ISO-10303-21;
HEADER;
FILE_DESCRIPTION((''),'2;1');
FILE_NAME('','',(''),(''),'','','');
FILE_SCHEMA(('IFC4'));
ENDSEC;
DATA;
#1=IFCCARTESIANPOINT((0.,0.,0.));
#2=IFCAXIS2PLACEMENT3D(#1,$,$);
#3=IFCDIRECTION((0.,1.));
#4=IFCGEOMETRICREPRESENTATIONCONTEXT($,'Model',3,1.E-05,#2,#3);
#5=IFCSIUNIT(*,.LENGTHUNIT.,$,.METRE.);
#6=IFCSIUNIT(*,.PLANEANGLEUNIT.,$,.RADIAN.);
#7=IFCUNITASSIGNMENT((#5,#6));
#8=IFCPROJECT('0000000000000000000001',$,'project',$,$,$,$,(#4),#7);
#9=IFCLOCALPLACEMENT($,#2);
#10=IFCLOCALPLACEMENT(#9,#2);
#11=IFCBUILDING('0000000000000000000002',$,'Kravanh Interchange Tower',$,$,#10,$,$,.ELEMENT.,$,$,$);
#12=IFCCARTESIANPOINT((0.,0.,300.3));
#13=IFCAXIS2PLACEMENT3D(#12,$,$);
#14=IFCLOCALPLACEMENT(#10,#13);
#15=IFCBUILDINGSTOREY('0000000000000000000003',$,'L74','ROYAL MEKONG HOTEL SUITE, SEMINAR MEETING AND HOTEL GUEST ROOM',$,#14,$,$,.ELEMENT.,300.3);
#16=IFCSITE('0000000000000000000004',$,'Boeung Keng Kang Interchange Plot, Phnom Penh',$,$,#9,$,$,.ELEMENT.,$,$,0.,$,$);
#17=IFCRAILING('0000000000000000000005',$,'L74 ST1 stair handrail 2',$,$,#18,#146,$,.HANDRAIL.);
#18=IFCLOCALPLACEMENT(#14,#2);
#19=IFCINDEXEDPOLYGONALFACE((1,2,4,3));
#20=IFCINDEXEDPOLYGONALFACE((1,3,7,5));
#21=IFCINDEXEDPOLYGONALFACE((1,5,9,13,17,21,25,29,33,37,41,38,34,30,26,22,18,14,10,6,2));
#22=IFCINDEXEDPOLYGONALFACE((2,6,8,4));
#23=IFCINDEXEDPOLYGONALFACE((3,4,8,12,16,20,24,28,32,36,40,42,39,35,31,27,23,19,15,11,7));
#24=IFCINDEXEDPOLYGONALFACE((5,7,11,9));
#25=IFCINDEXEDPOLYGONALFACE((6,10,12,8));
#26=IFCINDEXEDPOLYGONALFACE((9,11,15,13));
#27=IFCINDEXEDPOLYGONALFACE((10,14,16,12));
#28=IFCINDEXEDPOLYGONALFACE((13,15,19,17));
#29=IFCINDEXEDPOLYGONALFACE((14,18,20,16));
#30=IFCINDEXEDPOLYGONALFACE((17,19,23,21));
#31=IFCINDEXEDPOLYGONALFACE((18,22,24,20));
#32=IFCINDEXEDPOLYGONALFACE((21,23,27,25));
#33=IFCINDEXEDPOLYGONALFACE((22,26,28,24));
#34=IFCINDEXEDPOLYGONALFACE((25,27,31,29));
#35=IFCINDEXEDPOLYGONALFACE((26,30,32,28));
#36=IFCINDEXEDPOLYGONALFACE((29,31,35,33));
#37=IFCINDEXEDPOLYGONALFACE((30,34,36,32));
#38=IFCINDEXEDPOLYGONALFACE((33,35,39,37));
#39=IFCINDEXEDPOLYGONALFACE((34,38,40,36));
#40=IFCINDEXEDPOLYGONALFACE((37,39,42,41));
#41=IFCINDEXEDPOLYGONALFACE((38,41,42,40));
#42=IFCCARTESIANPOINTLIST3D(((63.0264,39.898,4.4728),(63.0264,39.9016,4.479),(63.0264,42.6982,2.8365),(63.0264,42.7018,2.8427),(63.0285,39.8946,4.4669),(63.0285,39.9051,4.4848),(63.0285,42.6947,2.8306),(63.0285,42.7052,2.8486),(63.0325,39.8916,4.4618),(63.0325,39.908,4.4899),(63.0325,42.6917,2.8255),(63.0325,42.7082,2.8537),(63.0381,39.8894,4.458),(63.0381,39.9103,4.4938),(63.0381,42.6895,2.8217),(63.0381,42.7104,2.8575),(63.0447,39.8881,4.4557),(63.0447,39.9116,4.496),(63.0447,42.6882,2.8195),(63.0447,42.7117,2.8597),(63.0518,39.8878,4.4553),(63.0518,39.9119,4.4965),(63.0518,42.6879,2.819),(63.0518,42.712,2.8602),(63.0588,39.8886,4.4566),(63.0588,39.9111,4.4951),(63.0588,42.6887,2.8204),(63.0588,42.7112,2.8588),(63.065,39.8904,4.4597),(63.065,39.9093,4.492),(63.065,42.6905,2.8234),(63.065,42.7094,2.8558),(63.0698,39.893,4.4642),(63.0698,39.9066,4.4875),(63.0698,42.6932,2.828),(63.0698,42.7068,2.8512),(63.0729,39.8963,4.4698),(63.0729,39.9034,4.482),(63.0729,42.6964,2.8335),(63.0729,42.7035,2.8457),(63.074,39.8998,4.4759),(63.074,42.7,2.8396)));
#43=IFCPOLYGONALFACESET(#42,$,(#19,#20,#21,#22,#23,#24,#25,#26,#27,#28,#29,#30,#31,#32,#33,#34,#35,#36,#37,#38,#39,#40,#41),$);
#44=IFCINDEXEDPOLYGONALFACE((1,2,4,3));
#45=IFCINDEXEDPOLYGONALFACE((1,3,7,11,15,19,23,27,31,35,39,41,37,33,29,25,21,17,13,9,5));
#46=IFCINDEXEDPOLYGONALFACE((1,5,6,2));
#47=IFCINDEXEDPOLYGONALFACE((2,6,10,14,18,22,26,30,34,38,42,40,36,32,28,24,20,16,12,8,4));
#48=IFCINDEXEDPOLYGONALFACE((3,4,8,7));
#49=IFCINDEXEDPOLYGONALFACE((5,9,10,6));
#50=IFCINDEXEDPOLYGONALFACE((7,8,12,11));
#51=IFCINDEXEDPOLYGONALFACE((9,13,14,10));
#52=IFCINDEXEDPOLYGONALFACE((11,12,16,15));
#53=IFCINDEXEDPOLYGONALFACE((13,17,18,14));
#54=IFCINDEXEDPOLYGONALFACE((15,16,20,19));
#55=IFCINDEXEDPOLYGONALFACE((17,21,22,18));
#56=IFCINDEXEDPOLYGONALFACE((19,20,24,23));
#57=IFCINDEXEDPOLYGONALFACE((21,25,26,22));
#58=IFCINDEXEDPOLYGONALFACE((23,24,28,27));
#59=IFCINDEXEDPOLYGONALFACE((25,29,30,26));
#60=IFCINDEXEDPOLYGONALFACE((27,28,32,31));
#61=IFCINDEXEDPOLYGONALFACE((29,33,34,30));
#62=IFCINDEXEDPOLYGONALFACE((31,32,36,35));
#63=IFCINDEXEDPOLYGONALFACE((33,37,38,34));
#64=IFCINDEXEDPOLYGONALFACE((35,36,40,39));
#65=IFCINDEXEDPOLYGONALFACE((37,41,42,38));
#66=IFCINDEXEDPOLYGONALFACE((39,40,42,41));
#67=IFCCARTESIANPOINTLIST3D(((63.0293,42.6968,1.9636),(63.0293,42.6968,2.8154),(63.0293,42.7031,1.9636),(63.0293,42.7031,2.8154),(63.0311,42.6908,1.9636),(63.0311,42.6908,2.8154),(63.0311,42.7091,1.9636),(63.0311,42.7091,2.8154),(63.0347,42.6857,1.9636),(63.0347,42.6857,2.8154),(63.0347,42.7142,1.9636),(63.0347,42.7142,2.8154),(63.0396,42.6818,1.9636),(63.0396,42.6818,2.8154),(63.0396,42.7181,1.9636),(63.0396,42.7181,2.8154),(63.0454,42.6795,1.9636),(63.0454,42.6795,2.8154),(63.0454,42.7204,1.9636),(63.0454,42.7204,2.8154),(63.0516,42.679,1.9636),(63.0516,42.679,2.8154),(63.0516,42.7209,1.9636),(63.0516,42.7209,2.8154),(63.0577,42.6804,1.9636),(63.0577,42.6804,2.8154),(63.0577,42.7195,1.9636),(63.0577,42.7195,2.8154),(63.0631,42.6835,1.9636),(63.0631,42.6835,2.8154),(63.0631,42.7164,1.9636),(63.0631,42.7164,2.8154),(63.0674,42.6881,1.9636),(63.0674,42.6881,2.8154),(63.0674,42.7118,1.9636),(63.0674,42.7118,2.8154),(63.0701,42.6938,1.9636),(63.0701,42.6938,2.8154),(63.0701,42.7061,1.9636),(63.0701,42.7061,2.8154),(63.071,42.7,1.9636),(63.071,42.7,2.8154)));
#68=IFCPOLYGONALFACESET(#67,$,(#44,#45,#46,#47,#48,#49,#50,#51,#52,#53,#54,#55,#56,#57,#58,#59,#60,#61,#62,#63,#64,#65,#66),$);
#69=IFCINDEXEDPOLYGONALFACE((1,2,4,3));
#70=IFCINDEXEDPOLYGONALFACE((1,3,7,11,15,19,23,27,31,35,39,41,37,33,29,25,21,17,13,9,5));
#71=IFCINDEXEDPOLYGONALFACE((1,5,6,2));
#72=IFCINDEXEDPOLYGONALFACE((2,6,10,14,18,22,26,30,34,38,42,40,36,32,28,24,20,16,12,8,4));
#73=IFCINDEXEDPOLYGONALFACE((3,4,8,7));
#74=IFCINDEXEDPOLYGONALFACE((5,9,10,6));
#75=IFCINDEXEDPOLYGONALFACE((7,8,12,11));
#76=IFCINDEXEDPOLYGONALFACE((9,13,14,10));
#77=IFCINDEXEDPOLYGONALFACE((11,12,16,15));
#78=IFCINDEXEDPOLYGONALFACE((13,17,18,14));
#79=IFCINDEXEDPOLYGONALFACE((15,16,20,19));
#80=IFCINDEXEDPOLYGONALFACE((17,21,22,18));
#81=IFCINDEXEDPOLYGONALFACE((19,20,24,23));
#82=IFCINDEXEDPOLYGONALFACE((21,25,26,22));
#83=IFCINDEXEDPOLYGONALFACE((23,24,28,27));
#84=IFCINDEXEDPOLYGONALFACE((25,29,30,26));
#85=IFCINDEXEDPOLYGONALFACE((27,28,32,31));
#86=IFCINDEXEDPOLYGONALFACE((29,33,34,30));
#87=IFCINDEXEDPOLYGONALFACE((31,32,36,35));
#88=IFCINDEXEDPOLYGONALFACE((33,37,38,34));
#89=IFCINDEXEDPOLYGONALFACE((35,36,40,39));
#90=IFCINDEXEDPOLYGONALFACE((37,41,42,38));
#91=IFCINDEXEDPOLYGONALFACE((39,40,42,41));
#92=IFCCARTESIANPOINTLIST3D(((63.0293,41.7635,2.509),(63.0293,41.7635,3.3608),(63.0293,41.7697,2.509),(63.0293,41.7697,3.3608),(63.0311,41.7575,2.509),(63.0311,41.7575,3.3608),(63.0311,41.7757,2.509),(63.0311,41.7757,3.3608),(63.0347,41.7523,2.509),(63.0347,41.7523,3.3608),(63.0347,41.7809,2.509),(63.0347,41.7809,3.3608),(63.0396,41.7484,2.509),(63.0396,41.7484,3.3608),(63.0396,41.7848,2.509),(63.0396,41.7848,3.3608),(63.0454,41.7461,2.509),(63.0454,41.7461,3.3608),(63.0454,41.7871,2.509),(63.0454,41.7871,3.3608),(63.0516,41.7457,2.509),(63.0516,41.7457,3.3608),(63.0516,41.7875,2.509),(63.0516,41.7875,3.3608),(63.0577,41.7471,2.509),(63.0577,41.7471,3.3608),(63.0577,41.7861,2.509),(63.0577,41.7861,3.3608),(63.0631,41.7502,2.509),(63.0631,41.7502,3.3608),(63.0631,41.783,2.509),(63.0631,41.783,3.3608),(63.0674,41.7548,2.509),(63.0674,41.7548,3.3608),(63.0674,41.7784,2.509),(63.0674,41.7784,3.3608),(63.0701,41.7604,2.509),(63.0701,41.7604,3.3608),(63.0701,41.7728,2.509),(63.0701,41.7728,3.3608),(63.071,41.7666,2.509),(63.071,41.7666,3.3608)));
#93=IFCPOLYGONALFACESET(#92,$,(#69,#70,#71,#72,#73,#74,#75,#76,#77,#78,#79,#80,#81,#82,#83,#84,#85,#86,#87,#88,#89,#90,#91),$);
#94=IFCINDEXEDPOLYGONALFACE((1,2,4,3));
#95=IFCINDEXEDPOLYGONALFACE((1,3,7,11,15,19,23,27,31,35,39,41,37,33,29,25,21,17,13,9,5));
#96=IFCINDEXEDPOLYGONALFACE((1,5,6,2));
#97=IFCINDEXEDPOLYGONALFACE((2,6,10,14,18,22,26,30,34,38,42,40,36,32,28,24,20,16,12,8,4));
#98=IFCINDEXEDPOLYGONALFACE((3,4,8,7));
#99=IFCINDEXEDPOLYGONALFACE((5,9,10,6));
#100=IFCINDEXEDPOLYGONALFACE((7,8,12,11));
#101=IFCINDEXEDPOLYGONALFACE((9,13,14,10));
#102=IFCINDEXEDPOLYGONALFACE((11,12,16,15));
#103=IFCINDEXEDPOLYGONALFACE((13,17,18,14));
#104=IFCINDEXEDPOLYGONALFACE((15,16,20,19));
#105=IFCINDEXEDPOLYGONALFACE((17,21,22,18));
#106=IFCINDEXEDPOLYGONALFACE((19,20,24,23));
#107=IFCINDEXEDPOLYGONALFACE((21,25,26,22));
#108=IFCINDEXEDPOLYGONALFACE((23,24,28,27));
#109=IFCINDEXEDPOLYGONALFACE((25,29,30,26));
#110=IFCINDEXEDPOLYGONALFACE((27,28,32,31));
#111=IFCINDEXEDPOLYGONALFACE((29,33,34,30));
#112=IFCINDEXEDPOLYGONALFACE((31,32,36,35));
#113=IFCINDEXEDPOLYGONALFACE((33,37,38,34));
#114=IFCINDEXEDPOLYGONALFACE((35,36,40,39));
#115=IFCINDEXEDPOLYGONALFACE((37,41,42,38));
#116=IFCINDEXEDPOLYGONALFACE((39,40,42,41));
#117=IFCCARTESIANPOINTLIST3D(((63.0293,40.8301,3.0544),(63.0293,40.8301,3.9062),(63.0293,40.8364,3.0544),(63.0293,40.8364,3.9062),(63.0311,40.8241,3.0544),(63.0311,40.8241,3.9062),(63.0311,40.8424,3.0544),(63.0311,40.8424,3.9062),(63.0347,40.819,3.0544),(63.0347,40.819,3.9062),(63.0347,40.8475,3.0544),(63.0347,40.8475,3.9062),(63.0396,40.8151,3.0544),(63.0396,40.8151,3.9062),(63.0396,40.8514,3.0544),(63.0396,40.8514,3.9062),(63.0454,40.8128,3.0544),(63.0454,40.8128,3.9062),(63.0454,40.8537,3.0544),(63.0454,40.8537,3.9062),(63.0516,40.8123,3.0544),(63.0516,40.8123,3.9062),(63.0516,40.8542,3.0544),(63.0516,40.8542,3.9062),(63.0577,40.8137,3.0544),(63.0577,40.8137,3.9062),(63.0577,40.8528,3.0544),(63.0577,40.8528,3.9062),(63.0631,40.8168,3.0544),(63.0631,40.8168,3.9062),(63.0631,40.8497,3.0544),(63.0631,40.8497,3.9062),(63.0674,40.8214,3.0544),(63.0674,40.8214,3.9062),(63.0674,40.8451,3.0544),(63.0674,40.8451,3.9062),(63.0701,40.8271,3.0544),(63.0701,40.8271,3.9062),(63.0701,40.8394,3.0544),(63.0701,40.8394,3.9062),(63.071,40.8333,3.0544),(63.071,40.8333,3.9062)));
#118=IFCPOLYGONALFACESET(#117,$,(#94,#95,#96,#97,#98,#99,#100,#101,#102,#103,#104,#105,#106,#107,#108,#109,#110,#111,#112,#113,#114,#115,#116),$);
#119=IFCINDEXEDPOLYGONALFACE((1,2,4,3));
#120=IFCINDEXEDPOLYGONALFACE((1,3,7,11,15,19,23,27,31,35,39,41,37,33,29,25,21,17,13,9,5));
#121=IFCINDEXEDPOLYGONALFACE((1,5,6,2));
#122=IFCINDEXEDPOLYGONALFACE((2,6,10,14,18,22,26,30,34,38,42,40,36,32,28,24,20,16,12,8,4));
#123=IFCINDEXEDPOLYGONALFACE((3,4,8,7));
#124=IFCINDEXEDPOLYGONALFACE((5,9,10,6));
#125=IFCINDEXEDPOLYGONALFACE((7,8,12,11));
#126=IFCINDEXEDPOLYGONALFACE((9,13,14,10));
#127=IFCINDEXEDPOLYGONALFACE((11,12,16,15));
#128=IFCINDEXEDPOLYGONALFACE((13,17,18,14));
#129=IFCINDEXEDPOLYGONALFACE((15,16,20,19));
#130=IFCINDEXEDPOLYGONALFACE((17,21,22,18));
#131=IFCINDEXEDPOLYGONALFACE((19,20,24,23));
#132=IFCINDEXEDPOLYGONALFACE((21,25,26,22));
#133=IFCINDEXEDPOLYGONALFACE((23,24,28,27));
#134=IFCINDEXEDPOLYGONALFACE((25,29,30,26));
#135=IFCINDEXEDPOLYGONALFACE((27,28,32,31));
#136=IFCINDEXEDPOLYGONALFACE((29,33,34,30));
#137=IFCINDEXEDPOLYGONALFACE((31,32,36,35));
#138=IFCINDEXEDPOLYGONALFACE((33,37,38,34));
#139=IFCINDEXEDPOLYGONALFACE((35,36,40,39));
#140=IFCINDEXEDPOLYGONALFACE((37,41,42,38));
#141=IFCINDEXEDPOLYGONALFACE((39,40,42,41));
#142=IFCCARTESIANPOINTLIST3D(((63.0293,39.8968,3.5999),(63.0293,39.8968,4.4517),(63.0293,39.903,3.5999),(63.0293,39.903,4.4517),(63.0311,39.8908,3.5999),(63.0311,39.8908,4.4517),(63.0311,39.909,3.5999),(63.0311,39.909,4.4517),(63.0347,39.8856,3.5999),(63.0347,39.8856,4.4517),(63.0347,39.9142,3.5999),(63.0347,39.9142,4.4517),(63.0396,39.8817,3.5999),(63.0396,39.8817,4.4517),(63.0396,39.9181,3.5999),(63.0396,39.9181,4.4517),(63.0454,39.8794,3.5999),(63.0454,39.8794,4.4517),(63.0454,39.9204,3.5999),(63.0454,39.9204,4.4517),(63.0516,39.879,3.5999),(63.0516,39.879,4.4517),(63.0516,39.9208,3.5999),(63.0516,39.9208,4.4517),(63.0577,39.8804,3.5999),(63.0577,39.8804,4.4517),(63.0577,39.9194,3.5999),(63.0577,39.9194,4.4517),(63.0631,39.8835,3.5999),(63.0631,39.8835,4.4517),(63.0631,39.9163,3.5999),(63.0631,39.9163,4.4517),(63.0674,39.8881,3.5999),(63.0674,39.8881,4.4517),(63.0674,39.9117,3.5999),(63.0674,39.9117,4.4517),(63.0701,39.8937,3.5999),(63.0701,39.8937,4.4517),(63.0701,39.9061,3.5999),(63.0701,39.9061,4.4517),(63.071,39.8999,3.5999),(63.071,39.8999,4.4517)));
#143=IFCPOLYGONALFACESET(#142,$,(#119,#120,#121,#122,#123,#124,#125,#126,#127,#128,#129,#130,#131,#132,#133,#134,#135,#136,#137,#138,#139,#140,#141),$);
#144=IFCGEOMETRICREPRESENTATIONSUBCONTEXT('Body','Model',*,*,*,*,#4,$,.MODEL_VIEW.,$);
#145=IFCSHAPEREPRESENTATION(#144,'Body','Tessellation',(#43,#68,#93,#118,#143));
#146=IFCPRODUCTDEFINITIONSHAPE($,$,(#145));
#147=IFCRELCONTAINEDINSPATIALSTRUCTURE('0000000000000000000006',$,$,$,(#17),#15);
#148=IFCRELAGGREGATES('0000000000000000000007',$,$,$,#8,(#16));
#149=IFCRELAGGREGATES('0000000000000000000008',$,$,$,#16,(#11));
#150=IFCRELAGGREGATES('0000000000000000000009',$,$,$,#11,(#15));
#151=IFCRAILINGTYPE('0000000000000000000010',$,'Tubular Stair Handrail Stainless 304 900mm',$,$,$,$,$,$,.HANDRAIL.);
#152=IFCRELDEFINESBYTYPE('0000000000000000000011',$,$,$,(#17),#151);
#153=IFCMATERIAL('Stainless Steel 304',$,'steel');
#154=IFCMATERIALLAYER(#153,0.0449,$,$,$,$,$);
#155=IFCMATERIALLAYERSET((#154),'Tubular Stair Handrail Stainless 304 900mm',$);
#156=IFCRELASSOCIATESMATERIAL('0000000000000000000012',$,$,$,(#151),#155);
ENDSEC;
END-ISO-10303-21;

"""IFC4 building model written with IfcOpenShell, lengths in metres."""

from ifc_helpers import new_model, si_unit, direction, frame, origin, origin_2d, place, context, subcontext, project, spatial, circle, extrude, material, layer, layer_set, type_object, element, save


model = new_model("IFC4")

# Units and contexts
model_context = context("Model", 3, precision=1e-05, world=origin(), true_north=direction((0.0, 1.0)))
body_context = subcontext(model_context, "Body", "Model", "MODEL_VIEW")
ifc_project = project(units=[si_unit("LENGTHUNIT", "METRE"), si_unit("PLANEANGLEUNIT", "RADIAN")], contexts=[model_context])

# Site, building, storey
site_placement = place(None, origin())
site = spatial("IfcSite", under=ifc_project, at=site_placement, Name="Boeung Keng Kang Interchange Plot, Phnom Penh", CompositionType="ELEMENT", RefElevation=0.0)
building_placement = place(site_placement, origin())
building = spatial("IfcBuilding", under=site, at=building_placement, Name="Kravanh Interchange Tower", CompositionType="ELEMENT")
storey_placement = place(building_placement, frame((0.0, 0.0, 300.3)))
storey = spatial("IfcBuildingStorey", under=building, at=storey_placement, Name="L74", Description="ROYAL MEKONG HOTEL SUITE, SEMINAR MEETING AND HOTEL GUEST ROOM", CompositionType="ELEMENT", Elevation=300.3)

# Railing
ifc_material_1 = material(Name="Stainless Steel 304", Category="steel")
ifc_layer_1 = layer(ifc_material_1, 0.0449)
ifc_layer_set_1 = layer_set([ifc_layer_1], Name="Tubular Stair Handrail Stainless 304 900mm")
railing_type_1 = type_object("IfcRailingType", Name="Tubular Stair Handrail Stainless 304 900mm", PredefinedType="HANDRAIL", material=ifc_layer_set_1)
railing_1_placement = place(storey_placement, frame((63.05, 42.7, 1.9636)))
element("IfcRailing", 1, at=railing_1_placement, inside=storey, type_object=railing_type_1, Name="L74 ST1 stair handrail 2", PredefinedType="HANDRAIL", context=body_context, shape_type="SweptSolid", body=[
    extrude(circle(Radius=0.0239, at=origin_2d()), frame((0.0, 0.0, 0.876), z_axis=(0.0, -0.863394, 0.504531), x_axis=(1.0, 0.0, 0.0)), (0.0, 0.0, 1.0), 3.2432),
    extrude(circle(Radius=0.021, at=origin_2d()), origin(), (0.0, 0.0, 1.0), 0.8518),
    extrude(circle(Radius=0.021, at=origin_2d()), frame((0.0, -0.9333, 0.5454)), (0.0, 0.0, 1.0), 0.8518),
    extrude(circle(Radius=0.021, at=origin_2d()), frame((0.0, -1.8667, 1.0908)), (0.0, 0.0, 1.0), 0.8518),
    extrude(circle(Radius=0.021, at=origin_2d()), frame((0.0, -2.8, 1.6362)), (0.0, 0.0, 1.0), 0.8518),
])

save(model, "model.ifc")
